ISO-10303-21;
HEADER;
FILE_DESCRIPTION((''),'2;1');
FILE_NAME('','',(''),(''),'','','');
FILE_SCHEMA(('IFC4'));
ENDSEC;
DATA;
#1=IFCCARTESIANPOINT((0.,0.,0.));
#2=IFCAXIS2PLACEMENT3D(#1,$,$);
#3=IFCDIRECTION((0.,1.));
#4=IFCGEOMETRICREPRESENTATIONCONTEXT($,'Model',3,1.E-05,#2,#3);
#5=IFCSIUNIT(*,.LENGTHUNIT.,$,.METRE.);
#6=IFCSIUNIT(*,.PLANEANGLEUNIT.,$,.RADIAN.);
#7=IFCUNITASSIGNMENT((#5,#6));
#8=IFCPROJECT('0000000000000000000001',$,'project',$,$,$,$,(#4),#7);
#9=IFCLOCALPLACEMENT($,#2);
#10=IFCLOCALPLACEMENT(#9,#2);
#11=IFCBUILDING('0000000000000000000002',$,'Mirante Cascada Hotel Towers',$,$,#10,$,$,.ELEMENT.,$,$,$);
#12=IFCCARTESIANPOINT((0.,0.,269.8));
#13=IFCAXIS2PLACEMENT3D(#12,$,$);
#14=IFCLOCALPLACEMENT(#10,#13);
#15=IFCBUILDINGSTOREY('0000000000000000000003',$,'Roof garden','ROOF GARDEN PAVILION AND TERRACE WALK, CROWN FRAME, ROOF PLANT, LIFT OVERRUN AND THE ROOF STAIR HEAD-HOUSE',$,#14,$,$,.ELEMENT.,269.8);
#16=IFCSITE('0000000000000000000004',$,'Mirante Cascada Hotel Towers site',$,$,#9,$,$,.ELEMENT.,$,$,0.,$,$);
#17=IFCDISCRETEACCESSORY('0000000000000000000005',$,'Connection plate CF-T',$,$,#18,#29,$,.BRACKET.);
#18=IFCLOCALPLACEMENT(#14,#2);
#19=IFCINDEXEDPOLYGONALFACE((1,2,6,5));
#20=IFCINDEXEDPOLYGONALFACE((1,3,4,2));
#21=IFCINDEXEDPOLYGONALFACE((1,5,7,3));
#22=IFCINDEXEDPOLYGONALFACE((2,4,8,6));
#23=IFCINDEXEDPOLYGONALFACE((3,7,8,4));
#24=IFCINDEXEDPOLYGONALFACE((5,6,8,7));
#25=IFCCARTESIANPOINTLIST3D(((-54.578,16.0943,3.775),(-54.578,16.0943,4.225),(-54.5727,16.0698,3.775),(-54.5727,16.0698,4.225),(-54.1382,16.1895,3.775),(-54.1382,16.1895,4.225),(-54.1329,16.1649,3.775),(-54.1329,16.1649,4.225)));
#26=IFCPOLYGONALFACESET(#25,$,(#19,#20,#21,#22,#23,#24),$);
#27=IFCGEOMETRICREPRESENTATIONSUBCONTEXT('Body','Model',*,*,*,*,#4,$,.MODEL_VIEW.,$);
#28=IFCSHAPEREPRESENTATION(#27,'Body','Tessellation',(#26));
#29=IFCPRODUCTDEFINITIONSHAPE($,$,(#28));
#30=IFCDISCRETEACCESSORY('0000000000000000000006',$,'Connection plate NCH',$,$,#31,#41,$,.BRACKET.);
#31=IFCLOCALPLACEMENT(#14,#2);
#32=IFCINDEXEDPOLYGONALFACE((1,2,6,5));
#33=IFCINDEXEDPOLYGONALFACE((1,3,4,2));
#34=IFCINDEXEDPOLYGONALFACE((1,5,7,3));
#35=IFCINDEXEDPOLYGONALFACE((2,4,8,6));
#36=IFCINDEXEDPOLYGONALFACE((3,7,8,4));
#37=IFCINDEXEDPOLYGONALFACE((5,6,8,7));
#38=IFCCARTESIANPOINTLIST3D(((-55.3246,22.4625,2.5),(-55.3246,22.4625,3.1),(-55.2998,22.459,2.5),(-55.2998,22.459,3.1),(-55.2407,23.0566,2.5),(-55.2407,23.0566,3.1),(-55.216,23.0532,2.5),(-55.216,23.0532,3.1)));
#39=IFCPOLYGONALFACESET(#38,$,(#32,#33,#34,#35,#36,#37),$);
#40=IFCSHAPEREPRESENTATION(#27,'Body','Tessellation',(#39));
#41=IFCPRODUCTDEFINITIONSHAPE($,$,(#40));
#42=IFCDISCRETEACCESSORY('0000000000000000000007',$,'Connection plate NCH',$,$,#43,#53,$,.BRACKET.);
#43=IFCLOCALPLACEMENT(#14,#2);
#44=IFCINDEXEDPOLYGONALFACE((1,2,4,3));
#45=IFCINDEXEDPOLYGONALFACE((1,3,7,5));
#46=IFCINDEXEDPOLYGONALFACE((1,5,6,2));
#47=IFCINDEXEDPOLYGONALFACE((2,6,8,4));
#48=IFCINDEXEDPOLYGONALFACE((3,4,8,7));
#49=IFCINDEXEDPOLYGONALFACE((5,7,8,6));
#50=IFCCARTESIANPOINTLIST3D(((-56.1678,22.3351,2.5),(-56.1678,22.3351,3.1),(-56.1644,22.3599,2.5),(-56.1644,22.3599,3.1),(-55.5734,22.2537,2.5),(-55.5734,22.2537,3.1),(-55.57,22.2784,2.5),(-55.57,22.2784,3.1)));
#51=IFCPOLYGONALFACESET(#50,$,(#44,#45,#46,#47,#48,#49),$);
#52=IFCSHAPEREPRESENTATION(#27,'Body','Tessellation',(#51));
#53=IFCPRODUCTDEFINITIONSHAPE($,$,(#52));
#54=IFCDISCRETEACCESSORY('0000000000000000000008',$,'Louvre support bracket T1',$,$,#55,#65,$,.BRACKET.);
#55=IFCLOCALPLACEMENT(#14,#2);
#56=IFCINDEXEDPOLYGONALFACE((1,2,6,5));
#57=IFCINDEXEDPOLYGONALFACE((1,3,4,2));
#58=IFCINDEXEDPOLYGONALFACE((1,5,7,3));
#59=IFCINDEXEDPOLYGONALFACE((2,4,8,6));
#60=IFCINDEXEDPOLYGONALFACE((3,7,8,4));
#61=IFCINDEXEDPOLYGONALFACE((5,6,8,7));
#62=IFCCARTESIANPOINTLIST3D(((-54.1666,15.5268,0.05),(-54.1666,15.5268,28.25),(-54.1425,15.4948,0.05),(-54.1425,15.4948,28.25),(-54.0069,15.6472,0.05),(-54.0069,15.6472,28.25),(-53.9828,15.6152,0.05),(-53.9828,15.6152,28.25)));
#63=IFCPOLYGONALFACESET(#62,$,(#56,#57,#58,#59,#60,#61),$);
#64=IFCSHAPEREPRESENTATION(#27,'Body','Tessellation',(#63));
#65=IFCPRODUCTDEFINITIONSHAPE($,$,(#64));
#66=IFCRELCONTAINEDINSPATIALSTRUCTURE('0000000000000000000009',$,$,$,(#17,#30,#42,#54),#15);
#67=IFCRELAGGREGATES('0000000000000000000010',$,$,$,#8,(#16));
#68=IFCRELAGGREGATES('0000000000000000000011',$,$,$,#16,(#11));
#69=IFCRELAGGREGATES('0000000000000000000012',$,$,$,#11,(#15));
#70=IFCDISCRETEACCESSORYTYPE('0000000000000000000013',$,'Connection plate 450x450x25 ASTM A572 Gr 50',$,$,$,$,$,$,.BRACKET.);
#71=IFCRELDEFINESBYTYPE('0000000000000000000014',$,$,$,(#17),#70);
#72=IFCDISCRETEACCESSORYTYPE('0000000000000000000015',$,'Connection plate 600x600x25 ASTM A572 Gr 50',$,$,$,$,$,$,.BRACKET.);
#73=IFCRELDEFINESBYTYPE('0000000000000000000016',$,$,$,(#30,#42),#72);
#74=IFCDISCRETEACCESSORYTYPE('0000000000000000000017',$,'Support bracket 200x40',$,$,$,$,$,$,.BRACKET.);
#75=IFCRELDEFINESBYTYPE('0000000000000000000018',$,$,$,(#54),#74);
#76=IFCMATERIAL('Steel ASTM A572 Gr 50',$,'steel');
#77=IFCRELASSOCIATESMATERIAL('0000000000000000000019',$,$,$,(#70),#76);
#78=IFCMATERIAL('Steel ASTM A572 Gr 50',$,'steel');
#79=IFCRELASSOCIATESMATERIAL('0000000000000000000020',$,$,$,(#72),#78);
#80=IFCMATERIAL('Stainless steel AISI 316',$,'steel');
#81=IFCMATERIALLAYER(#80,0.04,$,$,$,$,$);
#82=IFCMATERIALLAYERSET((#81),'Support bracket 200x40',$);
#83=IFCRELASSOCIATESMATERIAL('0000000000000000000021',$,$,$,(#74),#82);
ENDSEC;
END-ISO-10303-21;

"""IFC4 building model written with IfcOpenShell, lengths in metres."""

from ifc_helpers import new_model, si_unit, direction, frame, origin, origin_2d, place, context, subcontext, project, spatial, rectangle, extrude, material, layer, layer_set, material_profile, profile_set, type_object, element, save


model = new_model("IFC4")

# Units and contexts
model_context = context("Model", 3, precision=1e-05, world=origin(), true_north=direction((0.0, 1.0)))
body_context = subcontext(model_context, "Body", "Model", "MODEL_VIEW")
ifc_project = project(units=[si_unit("LENGTHUNIT", "METRE"), si_unit("PLANEANGLEUNIT", "RADIAN")], contexts=[model_context])

# Site, building, storey
site_placement = place(None, origin())
site = spatial("IfcSite", under=ifc_project, at=site_placement, Name="Mirante Cascada Hotel Towers site", CompositionType="ELEMENT", RefElevation=0.0)
building_placement = place(site_placement, origin())
building = spatial("IfcBuilding", under=site, at=building_placement, Name="Mirante Cascada Hotel Towers", CompositionType="ELEMENT")
storey_placement = place(building_placement, frame((0.0, 0.0, 269.8)))
storey = spatial("IfcBuildingStorey", under=building, at=storey_placement, Name="Roof garden", Description="ROOF GARDEN PAVILION AND TERRACE WALK, CROWN FRAME, ROOF PLANT, LIFT OVERRUN AND THE ROOF STAIR HEAD-HOUSE", CompositionType="ELEMENT", Elevation=269.8)

# Discrete accessories
ifc_material_1 = material(Name="Steel ASTM A572 Gr 50", Category="steel")
ifc_material_profile_1 = material_profile(ifc_material_1, rectangle(XDim=0.45, YDim=0.45, at=origin_2d()), Name="Connection plate 450x450x25 ASTM A572 Gr 50")
ifc_profile_set_1 = profile_set([ifc_material_profile_1], Name="Steel ASTM A572 Gr 50")
discrete_accessory_type_1 = type_object("IfcDiscreteAccessoryType", Name="Connection plate 450x450x25 ASTM A572 Gr 50", PredefinedType="BRACKET", material=ifc_profile_set_1)
discrete_accessory_1_placement = place(storey_placement, frame((-54.3581, 16.1419, 4.0), z_axis=(0.211436, -0.977392, 0.0), x_axis=(0.977392, 0.211436, 0.0)))
element("IfcDiscreteAccessory", 1, at=discrete_accessory_1_placement, inside=storey, type_object=discrete_accessory_type_1, Name="Connection plate CF-T", PredefinedType="BRACKET", context=body_context, shape_type="SweptSolid", body=[
    extrude(rectangle(XDim=0.45, YDim=0.45, at=origin_2d()), origin(), (0.0, 0.0, 1.0), 0.0251),
])
ifc_material_2 = material(Name="Steel ASTM A572 Gr 50", Category="steel")
ifc_material_profile_2 = material_profile(ifc_material_2, rectangle(XDim=0.6, YDim=0.6, at=origin_2d()), Name="Connection plate 600x600x25 ASTM A572 Gr 50")
ifc_profile_set_2 = profile_set([ifc_material_profile_2], Name="Steel ASTM A572 Gr 50")
discrete_accessory_type_2 = type_object("IfcDiscreteAccessoryType", Name="Connection plate 600x600x25 ASTM A572 Gr 50", PredefinedType="BRACKET", material=ifc_profile_set_2)
for number, where, z_axis, x_axis, name in (
    (2, (-55.2579, 22.7561, 2.8), (-0.990188, 0.139744, 0.0), (-0.139744, -0.990188, 0.0), "Connection plate NCH"),
    (3, (-55.8706, 22.2944, 2.8), (0.135826, 0.990733, 0.0), (-0.990733, 0.135826, 0.0), "Connection plate NCH"),
):
    element("IfcDiscreteAccessory", number, at=place(storey_placement, frame(where, z_axis=z_axis, x_axis=x_axis)), inside=storey, type_object=discrete_accessory_type_2, Name=name, PredefinedType="BRACKET", context=body_context, shape_type="SweptSolid", body=[
        extrude(rectangle(XDim=0.6, YDim=0.6, at=origin_2d()), origin(), (0.0, 0.0, 1.0), 0.025),
    ])
ifc_material_3 = material(Name="Stainless steel AISI 316", Category="steel")
ifc_layer_1 = layer(ifc_material_3, 0.04)
ifc_layer_set_1 = layer_set([ifc_layer_1], Name="Support bracket 200x40")
discrete_accessory_type_3 = type_object("IfcDiscreteAccessoryType", Name="Support bracket 200x40", PredefinedType="BRACKET", material=ifc_layer_set_1)
discrete_accessory_2_placement = place(storey_placement, frame((-54.0747, 15.571, 0.05), z_axis=(0.0, 0.0, 1.0), x_axis=(-0.798636, -0.601815, 0.0)))
element("IfcDiscreteAccessory", 4, at=discrete_accessory_2_placement, inside=storey, type_object=discrete_accessory_type_3, Name="Louvre support bracket T1", PredefinedType="BRACKET", context=body_context, shape_type="SweptSolid", body=[
    extrude(rectangle(XDim=0.2, YDim=0.04, at=origin_2d()), origin(), (0.0, 0.0, 1.0), 28.2),
])

save(model, "model.ifc")
